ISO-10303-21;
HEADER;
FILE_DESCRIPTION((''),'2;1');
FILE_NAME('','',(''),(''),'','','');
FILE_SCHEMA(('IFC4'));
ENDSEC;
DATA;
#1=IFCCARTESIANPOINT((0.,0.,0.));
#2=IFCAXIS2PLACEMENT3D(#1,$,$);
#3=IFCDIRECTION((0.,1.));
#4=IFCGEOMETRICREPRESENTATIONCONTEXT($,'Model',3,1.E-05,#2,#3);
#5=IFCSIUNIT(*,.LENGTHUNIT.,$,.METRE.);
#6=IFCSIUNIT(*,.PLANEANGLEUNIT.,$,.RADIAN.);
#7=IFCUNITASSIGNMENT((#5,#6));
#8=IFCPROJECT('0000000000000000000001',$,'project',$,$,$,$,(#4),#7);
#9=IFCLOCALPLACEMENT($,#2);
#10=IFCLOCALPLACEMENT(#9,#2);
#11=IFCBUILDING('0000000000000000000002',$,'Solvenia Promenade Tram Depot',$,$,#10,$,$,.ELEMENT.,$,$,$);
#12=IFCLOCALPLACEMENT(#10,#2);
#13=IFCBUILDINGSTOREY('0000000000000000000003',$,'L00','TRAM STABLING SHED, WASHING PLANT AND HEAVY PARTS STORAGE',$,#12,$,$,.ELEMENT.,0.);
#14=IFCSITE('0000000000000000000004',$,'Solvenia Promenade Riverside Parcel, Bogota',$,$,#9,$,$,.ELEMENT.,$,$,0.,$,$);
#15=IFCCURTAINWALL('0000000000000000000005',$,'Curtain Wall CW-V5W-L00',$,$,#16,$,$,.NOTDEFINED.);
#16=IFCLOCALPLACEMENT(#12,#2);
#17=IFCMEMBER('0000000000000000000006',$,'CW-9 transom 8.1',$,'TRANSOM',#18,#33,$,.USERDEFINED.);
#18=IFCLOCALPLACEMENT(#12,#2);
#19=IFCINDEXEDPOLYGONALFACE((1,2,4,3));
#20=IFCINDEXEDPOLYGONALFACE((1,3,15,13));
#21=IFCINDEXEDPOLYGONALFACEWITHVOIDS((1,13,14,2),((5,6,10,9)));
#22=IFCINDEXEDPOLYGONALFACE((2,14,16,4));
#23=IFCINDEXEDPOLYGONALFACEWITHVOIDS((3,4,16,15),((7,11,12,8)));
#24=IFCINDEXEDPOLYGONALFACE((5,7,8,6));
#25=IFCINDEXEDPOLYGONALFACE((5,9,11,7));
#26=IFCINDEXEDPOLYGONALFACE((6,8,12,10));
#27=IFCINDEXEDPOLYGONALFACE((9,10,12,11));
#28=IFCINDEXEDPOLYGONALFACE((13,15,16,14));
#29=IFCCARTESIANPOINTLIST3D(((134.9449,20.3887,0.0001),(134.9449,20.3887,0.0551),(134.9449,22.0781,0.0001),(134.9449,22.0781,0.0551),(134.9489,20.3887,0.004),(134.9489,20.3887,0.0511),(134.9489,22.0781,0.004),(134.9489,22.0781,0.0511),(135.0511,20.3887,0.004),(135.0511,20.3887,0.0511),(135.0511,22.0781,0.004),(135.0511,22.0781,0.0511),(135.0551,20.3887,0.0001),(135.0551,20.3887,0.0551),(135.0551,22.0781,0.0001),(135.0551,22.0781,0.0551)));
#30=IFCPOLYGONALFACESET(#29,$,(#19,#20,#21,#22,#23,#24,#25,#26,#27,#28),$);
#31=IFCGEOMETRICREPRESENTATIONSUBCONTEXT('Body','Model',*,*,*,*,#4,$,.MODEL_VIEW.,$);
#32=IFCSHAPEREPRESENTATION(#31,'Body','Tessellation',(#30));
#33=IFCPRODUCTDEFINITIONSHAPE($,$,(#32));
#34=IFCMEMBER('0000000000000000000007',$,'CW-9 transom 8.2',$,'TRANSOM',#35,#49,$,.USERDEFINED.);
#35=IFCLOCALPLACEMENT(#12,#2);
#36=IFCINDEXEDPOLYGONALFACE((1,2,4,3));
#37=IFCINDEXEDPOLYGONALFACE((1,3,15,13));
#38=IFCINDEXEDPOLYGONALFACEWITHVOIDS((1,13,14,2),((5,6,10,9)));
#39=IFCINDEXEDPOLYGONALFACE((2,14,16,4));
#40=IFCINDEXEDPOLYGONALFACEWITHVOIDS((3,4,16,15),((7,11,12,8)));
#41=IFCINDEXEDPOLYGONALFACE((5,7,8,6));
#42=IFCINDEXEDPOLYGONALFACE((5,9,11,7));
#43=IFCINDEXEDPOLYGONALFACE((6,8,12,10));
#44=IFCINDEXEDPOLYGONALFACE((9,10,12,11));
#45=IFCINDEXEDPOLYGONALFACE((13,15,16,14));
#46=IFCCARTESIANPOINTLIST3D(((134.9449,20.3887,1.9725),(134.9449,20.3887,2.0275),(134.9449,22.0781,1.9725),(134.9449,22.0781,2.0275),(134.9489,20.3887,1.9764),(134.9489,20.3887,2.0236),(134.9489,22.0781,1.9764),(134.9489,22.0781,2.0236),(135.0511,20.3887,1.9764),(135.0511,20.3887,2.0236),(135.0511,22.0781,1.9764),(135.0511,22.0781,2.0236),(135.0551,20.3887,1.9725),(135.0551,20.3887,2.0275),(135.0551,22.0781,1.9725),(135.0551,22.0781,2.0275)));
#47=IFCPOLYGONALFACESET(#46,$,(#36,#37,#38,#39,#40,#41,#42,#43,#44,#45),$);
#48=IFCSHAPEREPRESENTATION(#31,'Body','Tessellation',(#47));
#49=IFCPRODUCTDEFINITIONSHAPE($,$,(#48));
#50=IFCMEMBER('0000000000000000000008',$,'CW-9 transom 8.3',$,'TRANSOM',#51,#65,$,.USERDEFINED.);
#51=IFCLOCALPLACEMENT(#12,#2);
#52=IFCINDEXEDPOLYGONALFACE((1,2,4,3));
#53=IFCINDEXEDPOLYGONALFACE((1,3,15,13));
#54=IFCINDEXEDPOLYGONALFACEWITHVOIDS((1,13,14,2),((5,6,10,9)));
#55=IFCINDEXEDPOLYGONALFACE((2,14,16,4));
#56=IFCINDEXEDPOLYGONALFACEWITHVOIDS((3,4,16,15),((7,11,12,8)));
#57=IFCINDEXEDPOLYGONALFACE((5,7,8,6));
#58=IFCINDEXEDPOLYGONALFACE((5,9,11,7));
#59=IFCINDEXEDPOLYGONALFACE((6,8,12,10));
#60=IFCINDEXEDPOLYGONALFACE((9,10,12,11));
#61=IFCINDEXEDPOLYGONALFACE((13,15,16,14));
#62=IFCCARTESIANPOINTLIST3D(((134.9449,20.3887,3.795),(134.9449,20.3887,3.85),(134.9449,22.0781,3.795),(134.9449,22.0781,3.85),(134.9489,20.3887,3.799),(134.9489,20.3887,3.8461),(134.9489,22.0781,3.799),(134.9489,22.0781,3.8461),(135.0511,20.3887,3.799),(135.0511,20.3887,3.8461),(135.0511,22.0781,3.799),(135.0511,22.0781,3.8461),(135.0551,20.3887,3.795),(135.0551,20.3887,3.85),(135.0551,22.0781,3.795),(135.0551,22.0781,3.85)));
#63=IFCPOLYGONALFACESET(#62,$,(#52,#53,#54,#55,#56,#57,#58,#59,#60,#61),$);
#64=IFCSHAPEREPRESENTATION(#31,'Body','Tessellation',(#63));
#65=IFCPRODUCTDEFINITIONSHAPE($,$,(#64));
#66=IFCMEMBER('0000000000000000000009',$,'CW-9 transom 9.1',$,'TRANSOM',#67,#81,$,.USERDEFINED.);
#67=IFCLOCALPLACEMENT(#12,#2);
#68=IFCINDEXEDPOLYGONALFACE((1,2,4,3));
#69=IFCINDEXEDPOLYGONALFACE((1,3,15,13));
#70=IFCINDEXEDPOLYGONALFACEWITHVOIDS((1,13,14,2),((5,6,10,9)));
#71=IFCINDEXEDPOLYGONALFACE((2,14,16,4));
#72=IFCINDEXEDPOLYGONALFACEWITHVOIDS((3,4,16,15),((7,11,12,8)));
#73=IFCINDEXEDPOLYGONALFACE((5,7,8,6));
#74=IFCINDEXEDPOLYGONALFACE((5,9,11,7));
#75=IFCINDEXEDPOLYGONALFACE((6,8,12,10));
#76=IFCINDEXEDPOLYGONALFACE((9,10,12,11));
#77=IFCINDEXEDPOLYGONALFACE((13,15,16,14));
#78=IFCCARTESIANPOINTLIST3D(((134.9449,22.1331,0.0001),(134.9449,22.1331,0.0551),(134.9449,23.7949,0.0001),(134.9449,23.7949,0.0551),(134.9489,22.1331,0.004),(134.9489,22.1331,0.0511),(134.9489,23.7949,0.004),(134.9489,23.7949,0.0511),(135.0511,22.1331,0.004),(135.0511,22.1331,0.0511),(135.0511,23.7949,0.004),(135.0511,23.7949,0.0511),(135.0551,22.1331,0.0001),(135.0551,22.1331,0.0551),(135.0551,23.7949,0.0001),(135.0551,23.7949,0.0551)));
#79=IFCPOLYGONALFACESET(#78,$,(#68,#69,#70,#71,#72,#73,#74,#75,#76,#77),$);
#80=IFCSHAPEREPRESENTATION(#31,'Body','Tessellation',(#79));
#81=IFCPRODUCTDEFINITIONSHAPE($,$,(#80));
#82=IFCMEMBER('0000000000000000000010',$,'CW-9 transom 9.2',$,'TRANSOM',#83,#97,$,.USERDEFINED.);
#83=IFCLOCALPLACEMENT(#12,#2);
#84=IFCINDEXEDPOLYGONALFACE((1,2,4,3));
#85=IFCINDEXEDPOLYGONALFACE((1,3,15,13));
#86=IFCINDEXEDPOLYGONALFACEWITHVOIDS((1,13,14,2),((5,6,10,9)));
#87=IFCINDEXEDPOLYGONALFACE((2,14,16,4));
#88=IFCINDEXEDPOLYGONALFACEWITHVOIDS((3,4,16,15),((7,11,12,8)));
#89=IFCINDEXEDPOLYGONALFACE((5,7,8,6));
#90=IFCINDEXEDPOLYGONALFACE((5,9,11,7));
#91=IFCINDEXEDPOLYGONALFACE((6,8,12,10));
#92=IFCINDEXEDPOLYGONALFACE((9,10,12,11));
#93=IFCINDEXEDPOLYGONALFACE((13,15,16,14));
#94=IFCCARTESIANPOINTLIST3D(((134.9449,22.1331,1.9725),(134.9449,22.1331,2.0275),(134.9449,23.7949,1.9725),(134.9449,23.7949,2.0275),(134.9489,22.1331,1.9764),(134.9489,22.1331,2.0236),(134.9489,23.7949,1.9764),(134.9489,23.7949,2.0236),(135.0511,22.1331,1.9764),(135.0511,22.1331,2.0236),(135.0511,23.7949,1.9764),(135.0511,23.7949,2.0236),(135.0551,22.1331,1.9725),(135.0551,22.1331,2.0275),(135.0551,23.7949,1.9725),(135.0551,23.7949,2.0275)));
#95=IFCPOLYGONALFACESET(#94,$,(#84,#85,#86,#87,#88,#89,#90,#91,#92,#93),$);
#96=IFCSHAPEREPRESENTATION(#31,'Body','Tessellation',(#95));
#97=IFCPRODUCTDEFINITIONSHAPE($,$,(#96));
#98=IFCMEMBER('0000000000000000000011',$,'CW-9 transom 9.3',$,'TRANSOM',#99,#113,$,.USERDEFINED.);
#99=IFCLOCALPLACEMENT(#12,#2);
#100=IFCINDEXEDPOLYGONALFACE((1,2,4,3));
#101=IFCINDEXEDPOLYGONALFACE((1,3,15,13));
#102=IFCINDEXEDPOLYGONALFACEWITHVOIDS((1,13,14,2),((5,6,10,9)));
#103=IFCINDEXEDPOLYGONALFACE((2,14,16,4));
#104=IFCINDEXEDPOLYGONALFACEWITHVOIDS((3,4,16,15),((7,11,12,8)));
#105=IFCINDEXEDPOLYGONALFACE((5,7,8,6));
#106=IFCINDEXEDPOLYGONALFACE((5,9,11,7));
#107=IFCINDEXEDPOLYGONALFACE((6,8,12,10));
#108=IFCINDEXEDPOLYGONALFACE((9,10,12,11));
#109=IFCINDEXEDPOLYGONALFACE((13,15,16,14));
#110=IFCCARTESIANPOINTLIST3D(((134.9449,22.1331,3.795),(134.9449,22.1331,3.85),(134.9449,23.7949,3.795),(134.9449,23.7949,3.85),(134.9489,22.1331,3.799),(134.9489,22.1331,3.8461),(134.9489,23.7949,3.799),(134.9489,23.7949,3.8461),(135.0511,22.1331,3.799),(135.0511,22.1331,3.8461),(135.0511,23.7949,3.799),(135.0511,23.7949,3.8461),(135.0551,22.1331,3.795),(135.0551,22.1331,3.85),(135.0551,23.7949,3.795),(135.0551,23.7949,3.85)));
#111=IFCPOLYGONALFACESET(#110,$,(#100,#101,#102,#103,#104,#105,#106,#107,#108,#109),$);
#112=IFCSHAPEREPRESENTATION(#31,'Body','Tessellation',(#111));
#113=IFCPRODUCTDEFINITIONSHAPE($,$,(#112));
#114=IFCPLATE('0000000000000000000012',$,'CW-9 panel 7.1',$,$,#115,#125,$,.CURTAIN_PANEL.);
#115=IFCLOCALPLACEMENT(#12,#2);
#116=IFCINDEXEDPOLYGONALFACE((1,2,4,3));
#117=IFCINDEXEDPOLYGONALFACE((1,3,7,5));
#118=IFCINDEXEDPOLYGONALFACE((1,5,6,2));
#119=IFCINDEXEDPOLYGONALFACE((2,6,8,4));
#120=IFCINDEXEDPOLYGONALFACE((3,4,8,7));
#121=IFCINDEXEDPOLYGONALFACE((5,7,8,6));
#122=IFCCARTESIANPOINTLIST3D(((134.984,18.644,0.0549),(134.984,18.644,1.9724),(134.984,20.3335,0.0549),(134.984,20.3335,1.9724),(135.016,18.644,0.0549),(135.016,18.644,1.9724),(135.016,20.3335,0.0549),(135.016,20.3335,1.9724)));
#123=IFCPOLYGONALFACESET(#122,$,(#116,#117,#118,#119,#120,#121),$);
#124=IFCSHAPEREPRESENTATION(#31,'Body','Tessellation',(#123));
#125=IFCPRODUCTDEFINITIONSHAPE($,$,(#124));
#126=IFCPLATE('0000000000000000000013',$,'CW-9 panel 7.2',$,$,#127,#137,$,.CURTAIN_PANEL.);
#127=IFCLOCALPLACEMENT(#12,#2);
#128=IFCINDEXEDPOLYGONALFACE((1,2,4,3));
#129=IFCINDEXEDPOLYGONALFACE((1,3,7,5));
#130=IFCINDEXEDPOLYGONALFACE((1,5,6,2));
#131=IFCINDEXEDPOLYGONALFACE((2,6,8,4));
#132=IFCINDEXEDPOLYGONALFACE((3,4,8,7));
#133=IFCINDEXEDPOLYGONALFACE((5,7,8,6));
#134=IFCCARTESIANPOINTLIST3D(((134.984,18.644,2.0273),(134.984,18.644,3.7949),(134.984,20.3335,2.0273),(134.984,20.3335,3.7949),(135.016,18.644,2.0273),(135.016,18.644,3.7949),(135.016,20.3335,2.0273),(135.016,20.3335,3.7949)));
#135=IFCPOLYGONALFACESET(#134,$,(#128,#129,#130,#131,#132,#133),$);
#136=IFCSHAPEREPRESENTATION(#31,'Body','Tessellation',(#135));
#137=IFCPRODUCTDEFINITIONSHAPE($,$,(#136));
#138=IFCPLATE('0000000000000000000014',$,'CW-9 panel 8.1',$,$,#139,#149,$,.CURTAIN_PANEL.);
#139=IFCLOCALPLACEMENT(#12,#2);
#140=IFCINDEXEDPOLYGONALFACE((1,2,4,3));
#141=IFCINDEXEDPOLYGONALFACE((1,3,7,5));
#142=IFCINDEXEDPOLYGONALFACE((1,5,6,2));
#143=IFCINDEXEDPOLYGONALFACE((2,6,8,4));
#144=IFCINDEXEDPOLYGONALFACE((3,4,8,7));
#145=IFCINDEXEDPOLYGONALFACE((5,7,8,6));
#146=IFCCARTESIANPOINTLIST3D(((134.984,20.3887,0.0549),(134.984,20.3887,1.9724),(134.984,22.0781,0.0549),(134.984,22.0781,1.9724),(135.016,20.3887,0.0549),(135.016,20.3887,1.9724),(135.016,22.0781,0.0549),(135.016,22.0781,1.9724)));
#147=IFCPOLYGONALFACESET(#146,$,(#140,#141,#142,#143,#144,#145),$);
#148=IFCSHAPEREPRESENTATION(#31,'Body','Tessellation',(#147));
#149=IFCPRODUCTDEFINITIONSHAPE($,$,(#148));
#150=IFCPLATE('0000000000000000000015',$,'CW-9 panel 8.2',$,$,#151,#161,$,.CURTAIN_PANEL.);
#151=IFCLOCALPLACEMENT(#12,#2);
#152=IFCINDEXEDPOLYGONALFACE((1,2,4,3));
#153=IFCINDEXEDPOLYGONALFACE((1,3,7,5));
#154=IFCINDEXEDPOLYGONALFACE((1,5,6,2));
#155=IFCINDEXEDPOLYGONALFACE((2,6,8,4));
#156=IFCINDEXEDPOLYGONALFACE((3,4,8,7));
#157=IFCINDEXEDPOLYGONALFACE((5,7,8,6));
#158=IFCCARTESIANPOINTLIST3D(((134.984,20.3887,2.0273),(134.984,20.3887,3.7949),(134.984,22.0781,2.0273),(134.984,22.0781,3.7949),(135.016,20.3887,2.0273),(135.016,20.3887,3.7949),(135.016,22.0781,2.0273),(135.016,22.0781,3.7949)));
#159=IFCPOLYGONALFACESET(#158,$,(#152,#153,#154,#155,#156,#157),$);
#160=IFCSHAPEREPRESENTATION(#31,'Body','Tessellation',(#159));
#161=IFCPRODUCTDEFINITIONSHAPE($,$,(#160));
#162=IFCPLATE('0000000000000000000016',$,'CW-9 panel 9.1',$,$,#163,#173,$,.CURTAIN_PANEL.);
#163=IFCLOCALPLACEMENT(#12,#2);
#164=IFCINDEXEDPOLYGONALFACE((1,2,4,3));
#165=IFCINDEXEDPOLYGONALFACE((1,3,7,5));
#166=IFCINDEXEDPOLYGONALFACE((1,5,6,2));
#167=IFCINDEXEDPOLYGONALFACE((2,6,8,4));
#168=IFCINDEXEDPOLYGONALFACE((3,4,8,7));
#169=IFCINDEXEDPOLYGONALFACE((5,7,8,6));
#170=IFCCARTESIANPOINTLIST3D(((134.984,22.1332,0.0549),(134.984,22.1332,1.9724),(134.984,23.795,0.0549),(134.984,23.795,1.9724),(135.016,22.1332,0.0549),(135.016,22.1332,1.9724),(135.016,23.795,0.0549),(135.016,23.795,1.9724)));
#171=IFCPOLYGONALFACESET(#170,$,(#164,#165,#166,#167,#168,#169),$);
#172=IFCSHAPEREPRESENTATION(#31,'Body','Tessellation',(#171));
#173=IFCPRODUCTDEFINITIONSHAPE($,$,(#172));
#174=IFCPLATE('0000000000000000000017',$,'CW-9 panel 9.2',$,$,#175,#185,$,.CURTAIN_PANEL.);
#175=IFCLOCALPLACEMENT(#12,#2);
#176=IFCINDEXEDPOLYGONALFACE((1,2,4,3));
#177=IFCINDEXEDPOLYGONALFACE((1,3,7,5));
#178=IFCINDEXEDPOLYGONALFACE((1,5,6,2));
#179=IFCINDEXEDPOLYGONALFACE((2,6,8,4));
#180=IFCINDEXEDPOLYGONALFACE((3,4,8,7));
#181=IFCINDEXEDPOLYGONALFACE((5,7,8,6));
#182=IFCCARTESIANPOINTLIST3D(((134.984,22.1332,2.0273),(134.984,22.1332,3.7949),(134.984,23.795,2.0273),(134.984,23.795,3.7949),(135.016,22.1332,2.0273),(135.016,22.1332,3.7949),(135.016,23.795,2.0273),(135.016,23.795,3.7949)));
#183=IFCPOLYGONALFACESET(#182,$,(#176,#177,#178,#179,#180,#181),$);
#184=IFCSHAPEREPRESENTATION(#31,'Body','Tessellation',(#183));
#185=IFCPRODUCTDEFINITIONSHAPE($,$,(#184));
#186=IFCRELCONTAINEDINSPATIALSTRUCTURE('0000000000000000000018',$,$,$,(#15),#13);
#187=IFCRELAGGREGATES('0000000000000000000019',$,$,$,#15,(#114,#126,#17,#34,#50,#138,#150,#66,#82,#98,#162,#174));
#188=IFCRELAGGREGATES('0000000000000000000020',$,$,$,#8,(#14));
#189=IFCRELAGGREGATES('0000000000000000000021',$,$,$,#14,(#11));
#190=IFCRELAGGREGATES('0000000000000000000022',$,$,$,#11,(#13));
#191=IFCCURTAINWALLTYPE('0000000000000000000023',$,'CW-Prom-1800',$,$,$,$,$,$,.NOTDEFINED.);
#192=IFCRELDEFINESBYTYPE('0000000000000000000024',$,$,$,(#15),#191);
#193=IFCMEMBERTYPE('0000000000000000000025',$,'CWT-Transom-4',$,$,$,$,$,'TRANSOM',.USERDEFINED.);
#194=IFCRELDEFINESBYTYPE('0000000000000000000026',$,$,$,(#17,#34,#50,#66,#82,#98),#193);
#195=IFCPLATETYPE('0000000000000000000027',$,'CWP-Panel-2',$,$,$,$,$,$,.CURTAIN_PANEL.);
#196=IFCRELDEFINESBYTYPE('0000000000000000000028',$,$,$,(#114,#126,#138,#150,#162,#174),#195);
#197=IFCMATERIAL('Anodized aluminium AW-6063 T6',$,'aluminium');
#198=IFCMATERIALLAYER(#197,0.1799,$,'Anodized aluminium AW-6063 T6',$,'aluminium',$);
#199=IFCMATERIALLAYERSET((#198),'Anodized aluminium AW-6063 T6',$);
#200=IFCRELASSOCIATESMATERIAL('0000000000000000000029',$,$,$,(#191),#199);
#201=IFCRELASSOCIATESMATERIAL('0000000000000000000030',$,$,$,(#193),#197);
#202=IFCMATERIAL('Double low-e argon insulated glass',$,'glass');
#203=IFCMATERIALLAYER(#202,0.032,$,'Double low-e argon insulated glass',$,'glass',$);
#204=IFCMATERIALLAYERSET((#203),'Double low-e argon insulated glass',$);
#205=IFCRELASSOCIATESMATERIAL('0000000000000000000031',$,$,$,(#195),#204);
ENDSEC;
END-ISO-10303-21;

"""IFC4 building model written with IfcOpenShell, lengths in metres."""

from ifc_helpers import new_model, si_unit, direction, frame, origin, origin_2d, place, context, subcontext, project, spatial, rectangle, hollow_rectangle, extrude, material, layer, layer_set, material_profile, profile_set, type_object, element, aggregate, save


model = new_model("IFC4")

# Units and contexts
model_context = context("Model", 3, precision=1e-05, world=origin(), true_north=direction((0.0, 1.0)))
body_context = subcontext(model_context, "Body", "Model", "MODEL_VIEW")
ifc_project = project(units=[si_unit("LENGTHUNIT", "METRE"), si_unit("PLANEANGLEUNIT", "RADIAN")], contexts=[model_context])

# Site, building, storey
site_placement = place(None, origin())
site = spatial("IfcSite", under=ifc_project, at=site_placement, Name="Solvenia Promenade Riverside Parcel, Bogota", CompositionType="ELEMENT", RefElevation=0.0)
building_placement = place(site_placement, origin())
building = spatial("IfcBuilding", under=site, at=building_placement, Name="Solvenia Promenade Tram Depot", CompositionType="ELEMENT")
storey_placement = place(building_placement, origin())
storey = spatial("IfcBuildingStorey", under=building, at=storey_placement, Name="L00", Description="TRAM STABLING SHED, WASHING PLANT AND HEAVY PARTS STORAGE", CompositionType="ELEMENT", Elevation=0.0)

# Curtain wall
ifc_material_1 = material(Name="Anodized aluminium AW-6063 T6", Category="aluminium")
ifc_layer_1 = layer(ifc_material_1, 0.1799, Name="Anodized aluminium AW-6063 T6", Category="aluminium")
ifc_layer_set_1 = layer_set([ifc_layer_1], Name="Anodized aluminium AW-6063 T6")
curtain_wall_type_1 = type_object("IfcCurtainWallType", Name="CW-Prom-1800", PredefinedType="NOTDEFINED", material=ifc_layer_set_1)
curtain_wall_1_placement = place(storey_placement, origin())
curtain_wall_1 = element("IfcCurtainWall", 1, at=curtain_wall_1_placement, inside=storey, type_object=curtain_wall_type_1, Name="Curtain Wall CW-V5W-L00", PredefinedType="NOTDEFINED")

# Members
ifc_material_profile_1 = material_profile(ifc_material_1, hollow_rectangle(XDim=0.1101, YDim=0.0549, WallThickness=0.0039, at=origin_2d()), Name="ALU-T4", Category="aluminium")
ifc_profile_set_1 = profile_set([ifc_material_profile_1], Name="Anodized aluminium AW-6063 T6")
member_type_1 = type_object("IfcMemberType", Name="CWT-Transom-4", ElementType="TRANSOM", PredefinedType="USERDEFINED", material=ifc_profile_set_1)
member_1_placement = place(storey_placement, frame((135.0, 20.3887, 0.0276), z_axis=(0.0, 1.0, 0.0), x_axis=(-1.0, 0.0, 0.0)))
member_1 = element("IfcMember", 2, at=member_1_placement, type_object=member_type_1, Name="CW-9 transom 8.1", ObjectType="TRANSOM", PredefinedType="USERDEFINED", context=body_context, shape_type="SweptSolid", body=[
    extrude(hollow_rectangle(XDim=0.1101, YDim=0.0549, WallThickness=0.0039, at=origin_2d()), origin(), (0.0, 0.0, 1.0), 1.6895),
])
member_2_placement = place(storey_placement, frame((135.0, 20.3887, 2.0), z_axis=(0.0, 1.0, 0.0), x_axis=(-1.0, 0.0, 0.0)))
member_2 = element("IfcMember", 3, at=member_2_placement, type_object=member_type_1, Name="CW-9 transom 8.2", ObjectType="TRANSOM", PredefinedType="USERDEFINED", context=body_context, shape_type="SweptSolid", body=[
    extrude(hollow_rectangle(XDim=0.1101, YDim=0.0549, WallThickness=0.0039, at=origin_2d()), origin(), (0.0, 0.0, 1.0), 1.6895),
])
member_3_placement = place(storey_placement, frame((135.0, 20.3887, 3.8225), z_axis=(0.0, 1.0, 0.0), x_axis=(-1.0, 0.0, 0.0)))
member_3 = element("IfcMember", 4, at=member_3_placement, type_object=member_type_1, Name="CW-9 transom 8.3", ObjectType="TRANSOM", PredefinedType="USERDEFINED", context=body_context, shape_type="SweptSolid", body=[
    extrude(hollow_rectangle(XDim=0.1101, YDim=0.0549, WallThickness=0.0039, at=origin_2d()), origin(), (0.0, 0.0, 1.0), 1.6895),
])
member_4_placement = place(storey_placement, frame((135.0, 22.1331, 0.0276), z_axis=(0.0, 1.0, 0.0), x_axis=(-1.0, 0.0, 0.0)))
member_4 = element("IfcMember", 5, at=member_4_placement, type_object=member_type_1, Name="CW-9 transom 9.1", ObjectType="TRANSOM", PredefinedType="USERDEFINED", context=body_context, shape_type="SweptSolid", body=[
    extrude(hollow_rectangle(XDim=0.1101, YDim=0.0549, WallThickness=0.0039, at=origin_2d()), origin(), (0.0, 0.0, 1.0), 1.6619),
])
member_5_placement = place(storey_placement, frame((135.0, 22.1331, 2.0), z_axis=(0.0, 1.0, 0.0), x_axis=(-1.0, 0.0, 0.0)))
member_5 = element("IfcMember", 6, at=member_5_placement, type_object=member_type_1, Name="CW-9 transom 9.2", ObjectType="TRANSOM", PredefinedType="USERDEFINED", context=body_context, shape_type="SweptSolid", body=[
    extrude(hollow_rectangle(XDim=0.1101, YDim=0.0549, WallThickness=0.0039, at=origin_2d()), origin(), (0.0, 0.0, 1.0), 1.6619),
])
member_6_placement = place(storey_placement, frame((135.0, 22.1331, 3.8225), z_axis=(0.0, 1.0, 0.0), x_axis=(-1.0, 0.0, 0.0)))
member_6 = element("IfcMember", 7, at=member_6_placement, type_object=member_type_1, Name="CW-9 transom 9.3", ObjectType="TRANSOM", PredefinedType="USERDEFINED", context=body_context, shape_type="SweptSolid", body=[
    extrude(hollow_rectangle(XDim=0.1101, YDim=0.0549, WallThickness=0.0039, at=origin_2d()), origin(), (0.0, 0.0, 1.0), 1.6619),
])

# Plates
ifc_material_2 = material(Name="Double low-e argon insulated glass", Category="glass")
ifc_layer_2 = layer(ifc_material_2, 0.032, Name="Double low-e argon insulated glass", Category="glass")
ifc_layer_set_2 = layer_set([ifc_layer_2], Name="Double low-e argon insulated glass")
plate_type_1 = type_object("IfcPlateType", Name="CWP-Panel-2", PredefinedType="CURTAIN_PANEL", material=ifc_layer_set_2)
plate_1_placement = place(storey_placement, frame((135.0, 19.4888, 0.0549), z_axis=(0.0, 0.0, 1.0), x_axis=(0.0, 1.0, 0.0)))
plate_1 = element("IfcPlate", 8, at=plate_1_placement, type_object=plate_type_1, Name="CW-9 panel 7.1", PredefinedType="CURTAIN_PANEL", context=body_context, shape_type="SweptSolid", body=[
    extrude(rectangle(XDim=1.6895, YDim=0.032, at=origin_2d()), origin(), (0.0, 0.0, 1.0), 1.9175),
])
plate_2_placement = place(storey_placement, frame((135.0, 19.4888, 2.0273), z_axis=(0.0, 0.0, 1.0), x_axis=(0.0, 1.0, 0.0)))
plate_2 = element("IfcPlate", 9, at=plate_2_placement, type_object=plate_type_1, Name="CW-9 panel 7.2", PredefinedType="CURTAIN_PANEL", context=body_context, shape_type="SweptSolid", body=[
    extrude(rectangle(XDim=1.6895, YDim=0.032, at=origin_2d()), origin(), (0.0, 0.0, 1.0), 1.7676),
])
plate_3_placement = place(storey_placement, frame((135.0, 21.2334, 0.0549), z_axis=(0.0, 0.0, 1.0), x_axis=(0.0, 1.0, 0.0)))
plate_3 = element("IfcPlate", 10, at=plate_3_placement, type_object=plate_type_1, Name="CW-9 panel 8.1", PredefinedType="CURTAIN_PANEL", context=body_context, shape_type="SweptSolid", body=[
    extrude(rectangle(XDim=1.6895, YDim=0.032, at=origin_2d()), origin(), (0.0, 0.0, 1.0), 1.9175),
])
plate_4_placement = place(storey_placement, frame((135.0, 21.2334, 2.0273), z_axis=(0.0, 0.0, 1.0), x_axis=(0.0, 1.0, 0.0)))
plate_4 = element("IfcPlate", 11, at=plate_4_placement, type_object=plate_type_1, Name="CW-9 panel 8.2", PredefinedType="CURTAIN_PANEL", context=body_context, shape_type="SweptSolid", body=[
    extrude(rectangle(XDim=1.6895, YDim=0.032, at=origin_2d()), origin(), (0.0, 0.0, 1.0), 1.7676),
])
plate_5_placement = place(storey_placement, frame((135.0, 22.9641, 0.0549), z_axis=(0.0, 0.0, 1.0), x_axis=(0.0, 1.0, 0.0)))
plate_5 = element("IfcPlate", 12, at=plate_5_placement, type_object=plate_type_1, Name="CW-9 panel 9.1", PredefinedType="CURTAIN_PANEL", context=body_context, shape_type="SweptSolid", body=[
    extrude(rectangle(XDim=1.6619, YDim=0.032, at=origin_2d()), origin(), (0.0, 0.0, 1.0), 1.9175),
])
plate_6_placement = place(storey_placement, frame((135.0, 22.9641, 2.0273), z_axis=(0.0, 0.0, 1.0), x_axis=(0.0, 1.0, 0.0)))
plate_6 = element("IfcPlate", 13, at=plate_6_placement, type_object=plate_type_1, Name="CW-9 panel 9.2", PredefinedType="CURTAIN_PANEL", context=body_context, shape_type="SweptSolid", body=[
    extrude(rectangle(XDim=1.6619, YDim=0.032, at=origin_2d()), origin(), (0.0, 0.0, 1.0), 1.7676),
])
aggregate(curtain_wall_1, [plate_1, plate_2, member_1, member_2, member_3, plate_3, plate_4, member_4, member_5, member_6, plate_5, plate_6])

save(model, "model.ifc")
